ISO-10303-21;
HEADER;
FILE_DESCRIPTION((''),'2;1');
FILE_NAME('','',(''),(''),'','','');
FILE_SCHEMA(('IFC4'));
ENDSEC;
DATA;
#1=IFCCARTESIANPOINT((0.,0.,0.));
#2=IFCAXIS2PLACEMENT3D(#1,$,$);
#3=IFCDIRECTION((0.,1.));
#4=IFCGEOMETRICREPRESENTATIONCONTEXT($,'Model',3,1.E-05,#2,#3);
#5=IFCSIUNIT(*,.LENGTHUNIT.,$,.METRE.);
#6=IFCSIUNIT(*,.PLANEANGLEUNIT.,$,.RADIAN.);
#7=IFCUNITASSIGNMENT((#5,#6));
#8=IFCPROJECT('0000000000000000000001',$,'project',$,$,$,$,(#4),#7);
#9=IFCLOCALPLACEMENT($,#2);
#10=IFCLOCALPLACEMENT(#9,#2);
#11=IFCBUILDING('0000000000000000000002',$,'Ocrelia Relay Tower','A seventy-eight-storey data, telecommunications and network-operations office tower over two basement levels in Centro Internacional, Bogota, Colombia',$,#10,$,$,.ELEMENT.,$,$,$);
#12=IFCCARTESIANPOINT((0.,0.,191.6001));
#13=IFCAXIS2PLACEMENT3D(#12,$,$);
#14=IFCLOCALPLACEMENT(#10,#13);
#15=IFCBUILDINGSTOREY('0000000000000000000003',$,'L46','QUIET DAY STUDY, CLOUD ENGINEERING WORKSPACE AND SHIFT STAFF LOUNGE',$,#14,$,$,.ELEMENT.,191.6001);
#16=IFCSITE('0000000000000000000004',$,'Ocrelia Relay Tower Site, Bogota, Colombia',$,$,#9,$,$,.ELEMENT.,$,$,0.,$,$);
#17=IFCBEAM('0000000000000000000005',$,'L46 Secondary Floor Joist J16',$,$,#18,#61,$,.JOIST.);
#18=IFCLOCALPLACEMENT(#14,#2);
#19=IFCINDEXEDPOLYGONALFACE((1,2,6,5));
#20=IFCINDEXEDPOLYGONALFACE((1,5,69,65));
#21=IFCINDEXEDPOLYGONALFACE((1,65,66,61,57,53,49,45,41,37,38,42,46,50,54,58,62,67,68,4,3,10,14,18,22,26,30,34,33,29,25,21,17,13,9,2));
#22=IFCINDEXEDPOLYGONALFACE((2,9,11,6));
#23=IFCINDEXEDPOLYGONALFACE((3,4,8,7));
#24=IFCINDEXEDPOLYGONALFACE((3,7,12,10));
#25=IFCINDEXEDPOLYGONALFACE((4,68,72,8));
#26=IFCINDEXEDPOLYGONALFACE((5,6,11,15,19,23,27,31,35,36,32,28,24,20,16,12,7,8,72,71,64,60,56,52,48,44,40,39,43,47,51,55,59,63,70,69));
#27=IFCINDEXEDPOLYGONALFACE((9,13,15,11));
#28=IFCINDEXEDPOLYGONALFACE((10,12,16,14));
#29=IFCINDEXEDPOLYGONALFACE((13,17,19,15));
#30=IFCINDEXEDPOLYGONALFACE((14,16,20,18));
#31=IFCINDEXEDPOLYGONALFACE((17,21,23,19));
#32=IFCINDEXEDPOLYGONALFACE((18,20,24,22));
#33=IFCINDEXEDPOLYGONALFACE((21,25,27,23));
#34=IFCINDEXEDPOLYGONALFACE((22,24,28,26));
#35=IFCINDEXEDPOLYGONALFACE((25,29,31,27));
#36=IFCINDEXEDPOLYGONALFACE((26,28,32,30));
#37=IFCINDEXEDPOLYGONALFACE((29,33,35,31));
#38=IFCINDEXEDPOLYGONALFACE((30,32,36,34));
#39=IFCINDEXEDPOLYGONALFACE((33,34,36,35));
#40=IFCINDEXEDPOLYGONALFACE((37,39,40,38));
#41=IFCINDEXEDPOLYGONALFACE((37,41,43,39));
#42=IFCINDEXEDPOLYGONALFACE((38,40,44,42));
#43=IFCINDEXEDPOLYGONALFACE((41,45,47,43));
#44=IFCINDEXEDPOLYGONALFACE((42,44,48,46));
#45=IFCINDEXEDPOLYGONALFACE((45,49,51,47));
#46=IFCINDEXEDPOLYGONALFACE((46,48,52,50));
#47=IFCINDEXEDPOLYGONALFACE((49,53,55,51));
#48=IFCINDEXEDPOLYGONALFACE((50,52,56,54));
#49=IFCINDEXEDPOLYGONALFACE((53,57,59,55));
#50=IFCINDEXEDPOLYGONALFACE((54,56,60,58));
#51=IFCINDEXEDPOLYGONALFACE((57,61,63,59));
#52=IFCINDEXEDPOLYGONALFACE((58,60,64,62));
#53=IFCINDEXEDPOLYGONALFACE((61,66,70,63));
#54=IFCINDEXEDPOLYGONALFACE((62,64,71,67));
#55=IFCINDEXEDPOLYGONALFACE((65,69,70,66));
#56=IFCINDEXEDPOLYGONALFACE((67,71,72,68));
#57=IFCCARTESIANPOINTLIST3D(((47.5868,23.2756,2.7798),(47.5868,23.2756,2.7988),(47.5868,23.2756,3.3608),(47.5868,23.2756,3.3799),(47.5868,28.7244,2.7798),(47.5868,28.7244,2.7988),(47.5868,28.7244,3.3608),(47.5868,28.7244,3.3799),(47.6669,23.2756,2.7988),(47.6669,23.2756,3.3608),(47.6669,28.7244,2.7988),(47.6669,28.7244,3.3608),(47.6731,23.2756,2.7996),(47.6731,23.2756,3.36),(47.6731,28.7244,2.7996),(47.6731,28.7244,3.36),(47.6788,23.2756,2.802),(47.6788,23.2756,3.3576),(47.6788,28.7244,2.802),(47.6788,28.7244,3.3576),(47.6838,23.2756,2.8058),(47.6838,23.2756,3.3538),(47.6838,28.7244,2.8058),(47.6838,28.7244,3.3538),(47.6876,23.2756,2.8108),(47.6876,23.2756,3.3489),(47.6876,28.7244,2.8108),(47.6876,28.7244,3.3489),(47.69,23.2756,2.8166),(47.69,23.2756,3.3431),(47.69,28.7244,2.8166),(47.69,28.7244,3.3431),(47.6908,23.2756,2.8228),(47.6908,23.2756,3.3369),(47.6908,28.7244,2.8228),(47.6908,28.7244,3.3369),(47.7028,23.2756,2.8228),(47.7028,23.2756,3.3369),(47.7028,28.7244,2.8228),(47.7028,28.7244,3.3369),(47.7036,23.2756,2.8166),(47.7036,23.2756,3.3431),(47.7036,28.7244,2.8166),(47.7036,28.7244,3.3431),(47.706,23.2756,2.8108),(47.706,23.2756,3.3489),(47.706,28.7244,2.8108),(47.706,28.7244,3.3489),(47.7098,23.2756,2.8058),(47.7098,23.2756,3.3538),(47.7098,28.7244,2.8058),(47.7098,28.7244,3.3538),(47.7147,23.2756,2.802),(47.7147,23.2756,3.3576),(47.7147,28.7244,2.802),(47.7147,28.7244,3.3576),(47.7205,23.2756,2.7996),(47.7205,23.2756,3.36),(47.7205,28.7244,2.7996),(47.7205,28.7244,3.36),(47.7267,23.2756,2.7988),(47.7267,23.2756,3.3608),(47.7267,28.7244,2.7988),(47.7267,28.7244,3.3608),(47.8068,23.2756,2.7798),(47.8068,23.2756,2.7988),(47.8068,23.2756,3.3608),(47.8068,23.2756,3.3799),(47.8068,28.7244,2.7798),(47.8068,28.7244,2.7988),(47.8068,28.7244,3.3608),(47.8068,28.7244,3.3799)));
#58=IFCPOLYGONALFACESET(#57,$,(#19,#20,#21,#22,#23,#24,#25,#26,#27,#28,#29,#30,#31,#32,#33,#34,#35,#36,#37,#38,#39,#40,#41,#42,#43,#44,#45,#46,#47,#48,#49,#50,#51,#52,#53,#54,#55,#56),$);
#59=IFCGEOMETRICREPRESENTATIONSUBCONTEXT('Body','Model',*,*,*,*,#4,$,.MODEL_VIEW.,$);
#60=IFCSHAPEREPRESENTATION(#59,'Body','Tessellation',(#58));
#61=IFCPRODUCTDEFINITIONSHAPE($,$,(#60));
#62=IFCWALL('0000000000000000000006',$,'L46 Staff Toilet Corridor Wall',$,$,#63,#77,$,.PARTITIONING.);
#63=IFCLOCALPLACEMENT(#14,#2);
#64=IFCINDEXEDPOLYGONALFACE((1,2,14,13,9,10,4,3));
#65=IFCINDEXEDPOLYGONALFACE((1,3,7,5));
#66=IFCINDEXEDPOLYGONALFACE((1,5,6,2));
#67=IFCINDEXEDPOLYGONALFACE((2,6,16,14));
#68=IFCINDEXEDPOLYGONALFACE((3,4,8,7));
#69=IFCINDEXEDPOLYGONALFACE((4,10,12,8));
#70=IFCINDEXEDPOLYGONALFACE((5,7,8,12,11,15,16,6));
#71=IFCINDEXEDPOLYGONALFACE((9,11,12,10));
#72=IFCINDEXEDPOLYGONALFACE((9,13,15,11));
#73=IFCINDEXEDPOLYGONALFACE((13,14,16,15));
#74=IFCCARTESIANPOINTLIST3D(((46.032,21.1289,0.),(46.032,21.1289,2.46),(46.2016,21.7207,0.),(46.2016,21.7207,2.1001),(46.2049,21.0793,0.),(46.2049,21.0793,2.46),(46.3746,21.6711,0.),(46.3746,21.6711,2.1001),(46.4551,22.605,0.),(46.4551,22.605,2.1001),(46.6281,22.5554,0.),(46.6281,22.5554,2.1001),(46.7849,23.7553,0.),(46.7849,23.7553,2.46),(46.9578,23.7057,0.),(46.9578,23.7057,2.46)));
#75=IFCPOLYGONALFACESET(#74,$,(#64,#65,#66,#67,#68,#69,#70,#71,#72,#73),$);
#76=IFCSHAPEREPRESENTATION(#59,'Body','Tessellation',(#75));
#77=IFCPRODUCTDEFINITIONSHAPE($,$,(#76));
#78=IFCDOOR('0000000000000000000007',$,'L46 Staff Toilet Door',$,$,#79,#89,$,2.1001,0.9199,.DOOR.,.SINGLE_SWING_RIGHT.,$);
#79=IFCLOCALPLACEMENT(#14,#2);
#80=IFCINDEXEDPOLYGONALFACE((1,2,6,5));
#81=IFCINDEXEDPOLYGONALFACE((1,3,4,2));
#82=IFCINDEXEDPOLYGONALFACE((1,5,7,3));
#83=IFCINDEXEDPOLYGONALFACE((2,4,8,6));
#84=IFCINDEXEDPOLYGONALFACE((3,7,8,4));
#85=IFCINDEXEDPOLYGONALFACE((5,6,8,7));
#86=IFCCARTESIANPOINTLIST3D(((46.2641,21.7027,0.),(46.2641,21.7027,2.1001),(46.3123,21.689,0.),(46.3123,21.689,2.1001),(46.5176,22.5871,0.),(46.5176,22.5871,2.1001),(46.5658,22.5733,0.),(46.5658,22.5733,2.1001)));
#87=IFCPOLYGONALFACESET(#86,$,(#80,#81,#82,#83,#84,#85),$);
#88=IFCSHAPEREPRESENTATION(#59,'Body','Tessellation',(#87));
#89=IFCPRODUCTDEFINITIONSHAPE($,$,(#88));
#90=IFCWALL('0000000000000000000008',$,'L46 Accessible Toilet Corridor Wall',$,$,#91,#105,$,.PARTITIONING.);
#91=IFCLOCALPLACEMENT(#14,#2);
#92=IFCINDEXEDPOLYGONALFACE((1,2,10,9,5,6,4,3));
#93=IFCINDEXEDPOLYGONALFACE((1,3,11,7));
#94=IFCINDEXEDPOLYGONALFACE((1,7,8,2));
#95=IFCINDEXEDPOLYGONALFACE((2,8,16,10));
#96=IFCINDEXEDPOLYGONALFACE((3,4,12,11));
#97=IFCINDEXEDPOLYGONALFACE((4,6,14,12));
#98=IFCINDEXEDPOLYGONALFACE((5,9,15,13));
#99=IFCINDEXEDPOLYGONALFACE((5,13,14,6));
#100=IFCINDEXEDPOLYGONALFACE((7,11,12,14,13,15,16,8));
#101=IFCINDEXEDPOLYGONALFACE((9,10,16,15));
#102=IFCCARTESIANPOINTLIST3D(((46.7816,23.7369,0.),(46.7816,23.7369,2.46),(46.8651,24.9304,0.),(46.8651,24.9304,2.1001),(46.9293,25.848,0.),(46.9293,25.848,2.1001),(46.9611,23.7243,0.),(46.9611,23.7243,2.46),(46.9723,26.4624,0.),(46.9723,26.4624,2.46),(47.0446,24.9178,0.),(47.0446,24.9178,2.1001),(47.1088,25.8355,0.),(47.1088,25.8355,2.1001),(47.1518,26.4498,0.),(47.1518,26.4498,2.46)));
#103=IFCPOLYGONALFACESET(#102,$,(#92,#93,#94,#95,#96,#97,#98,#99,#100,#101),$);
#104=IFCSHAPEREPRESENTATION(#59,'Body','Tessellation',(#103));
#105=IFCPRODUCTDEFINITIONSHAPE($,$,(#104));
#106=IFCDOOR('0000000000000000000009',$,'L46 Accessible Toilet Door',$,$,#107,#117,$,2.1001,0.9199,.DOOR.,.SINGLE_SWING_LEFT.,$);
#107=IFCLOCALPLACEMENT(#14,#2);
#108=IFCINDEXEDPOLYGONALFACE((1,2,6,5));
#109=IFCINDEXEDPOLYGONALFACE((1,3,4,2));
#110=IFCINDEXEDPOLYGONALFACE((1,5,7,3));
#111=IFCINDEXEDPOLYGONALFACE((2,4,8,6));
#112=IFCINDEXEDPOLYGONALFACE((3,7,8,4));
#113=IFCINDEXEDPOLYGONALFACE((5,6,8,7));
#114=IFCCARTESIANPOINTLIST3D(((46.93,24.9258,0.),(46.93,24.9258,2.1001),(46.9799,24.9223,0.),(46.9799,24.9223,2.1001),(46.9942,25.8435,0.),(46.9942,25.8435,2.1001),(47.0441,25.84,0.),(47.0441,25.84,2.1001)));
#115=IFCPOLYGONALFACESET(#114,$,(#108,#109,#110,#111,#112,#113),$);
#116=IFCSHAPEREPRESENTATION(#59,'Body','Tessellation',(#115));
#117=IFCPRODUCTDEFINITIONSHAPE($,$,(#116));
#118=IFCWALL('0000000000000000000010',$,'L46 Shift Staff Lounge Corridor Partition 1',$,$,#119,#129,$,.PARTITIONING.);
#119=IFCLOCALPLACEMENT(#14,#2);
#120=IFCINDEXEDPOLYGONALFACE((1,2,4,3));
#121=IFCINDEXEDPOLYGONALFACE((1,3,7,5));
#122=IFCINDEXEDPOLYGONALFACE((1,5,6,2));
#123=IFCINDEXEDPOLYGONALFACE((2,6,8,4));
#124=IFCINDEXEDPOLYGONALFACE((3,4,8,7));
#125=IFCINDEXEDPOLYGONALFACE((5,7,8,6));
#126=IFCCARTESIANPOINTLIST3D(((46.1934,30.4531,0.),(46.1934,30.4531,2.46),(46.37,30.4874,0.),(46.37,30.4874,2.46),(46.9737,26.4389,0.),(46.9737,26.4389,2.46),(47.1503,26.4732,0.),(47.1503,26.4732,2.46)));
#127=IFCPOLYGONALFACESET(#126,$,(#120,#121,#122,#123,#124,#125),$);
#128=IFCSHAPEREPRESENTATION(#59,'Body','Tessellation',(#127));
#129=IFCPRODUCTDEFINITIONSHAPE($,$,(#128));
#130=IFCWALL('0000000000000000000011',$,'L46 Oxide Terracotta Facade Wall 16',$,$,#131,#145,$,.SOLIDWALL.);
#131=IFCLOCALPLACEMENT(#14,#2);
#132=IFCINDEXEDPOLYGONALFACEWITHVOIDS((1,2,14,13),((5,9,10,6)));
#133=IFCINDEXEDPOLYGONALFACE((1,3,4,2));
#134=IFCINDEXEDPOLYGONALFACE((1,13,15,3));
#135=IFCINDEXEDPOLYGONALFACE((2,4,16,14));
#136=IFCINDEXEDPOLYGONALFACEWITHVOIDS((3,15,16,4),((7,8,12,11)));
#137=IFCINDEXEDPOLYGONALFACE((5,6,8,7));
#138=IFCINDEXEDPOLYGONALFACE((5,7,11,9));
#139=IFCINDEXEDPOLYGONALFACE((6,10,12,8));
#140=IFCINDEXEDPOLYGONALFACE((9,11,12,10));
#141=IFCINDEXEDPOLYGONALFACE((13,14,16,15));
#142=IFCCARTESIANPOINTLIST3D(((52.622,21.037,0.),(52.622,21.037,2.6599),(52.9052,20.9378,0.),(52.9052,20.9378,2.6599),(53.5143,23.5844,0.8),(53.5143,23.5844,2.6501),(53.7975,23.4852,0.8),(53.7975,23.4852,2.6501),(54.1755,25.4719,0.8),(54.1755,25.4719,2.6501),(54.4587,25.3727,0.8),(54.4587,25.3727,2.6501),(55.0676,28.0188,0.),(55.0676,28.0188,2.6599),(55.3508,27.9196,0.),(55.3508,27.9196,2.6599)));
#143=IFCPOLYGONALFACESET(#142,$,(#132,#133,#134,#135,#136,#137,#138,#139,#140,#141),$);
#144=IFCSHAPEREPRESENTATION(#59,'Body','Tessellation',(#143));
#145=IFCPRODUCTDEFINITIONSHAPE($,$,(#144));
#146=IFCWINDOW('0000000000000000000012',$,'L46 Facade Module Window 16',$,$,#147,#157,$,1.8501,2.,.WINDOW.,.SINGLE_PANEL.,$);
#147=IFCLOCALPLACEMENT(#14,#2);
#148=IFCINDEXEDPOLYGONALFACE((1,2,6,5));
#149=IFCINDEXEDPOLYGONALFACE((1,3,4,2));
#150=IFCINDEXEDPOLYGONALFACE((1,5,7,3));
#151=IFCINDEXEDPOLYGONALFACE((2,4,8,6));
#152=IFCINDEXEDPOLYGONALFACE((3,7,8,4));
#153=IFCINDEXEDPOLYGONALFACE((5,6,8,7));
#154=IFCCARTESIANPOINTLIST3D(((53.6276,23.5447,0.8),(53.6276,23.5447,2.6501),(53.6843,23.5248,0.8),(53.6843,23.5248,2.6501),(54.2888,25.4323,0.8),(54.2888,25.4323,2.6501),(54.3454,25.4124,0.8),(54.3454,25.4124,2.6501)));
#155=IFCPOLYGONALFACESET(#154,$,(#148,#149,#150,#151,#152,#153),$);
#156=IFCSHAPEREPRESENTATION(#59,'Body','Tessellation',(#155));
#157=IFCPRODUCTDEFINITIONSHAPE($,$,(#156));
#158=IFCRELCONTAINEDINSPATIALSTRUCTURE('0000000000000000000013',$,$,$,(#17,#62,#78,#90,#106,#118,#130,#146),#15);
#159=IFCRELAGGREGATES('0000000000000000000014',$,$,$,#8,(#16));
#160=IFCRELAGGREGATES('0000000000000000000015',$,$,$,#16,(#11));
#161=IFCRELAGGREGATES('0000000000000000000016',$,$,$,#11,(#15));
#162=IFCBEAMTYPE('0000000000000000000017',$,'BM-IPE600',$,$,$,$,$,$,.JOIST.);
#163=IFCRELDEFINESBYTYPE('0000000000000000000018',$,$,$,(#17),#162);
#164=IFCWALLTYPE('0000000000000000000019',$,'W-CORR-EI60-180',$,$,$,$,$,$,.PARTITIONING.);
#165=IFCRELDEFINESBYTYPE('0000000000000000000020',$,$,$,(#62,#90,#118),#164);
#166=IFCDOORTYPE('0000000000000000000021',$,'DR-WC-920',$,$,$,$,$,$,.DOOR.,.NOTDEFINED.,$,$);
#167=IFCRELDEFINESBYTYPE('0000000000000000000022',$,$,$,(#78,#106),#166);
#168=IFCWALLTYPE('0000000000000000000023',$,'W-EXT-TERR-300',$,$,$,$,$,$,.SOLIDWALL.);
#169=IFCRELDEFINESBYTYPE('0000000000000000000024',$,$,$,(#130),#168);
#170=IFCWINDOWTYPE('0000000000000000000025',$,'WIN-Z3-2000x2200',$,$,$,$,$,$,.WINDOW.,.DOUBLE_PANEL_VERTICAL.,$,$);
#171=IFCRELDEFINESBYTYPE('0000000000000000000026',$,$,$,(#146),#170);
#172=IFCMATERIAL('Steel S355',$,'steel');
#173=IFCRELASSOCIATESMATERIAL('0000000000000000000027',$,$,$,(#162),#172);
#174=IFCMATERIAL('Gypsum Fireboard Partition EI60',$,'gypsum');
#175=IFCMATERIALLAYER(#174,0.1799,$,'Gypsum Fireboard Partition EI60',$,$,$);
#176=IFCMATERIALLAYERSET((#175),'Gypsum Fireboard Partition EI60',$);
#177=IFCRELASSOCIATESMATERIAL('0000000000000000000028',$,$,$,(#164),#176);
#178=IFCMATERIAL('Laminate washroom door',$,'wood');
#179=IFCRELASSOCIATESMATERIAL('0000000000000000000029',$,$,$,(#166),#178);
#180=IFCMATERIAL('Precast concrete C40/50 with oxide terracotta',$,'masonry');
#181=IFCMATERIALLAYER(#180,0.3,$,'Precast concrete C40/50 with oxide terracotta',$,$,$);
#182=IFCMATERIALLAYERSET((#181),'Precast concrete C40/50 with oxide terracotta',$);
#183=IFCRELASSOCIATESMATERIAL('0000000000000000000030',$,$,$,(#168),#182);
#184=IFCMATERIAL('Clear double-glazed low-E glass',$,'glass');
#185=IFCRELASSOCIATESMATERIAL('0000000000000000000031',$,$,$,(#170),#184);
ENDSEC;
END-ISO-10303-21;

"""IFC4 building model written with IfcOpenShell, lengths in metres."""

from ifc_helpers import new_model, si_unit, direction, frame, frame_2d, origin, origin_2d, place, context, subcontext, project, spatial, rectangle, i_section, extrude, material, layer, layer_set, material_profile, profile_set, type_object, element, fill, save


model = new_model("IFC4")

# Units and contexts
model_context = context("Model", 3, precision=1e-05, world=origin(), true_north=direction((0.0, 1.0)))
body_context = subcontext(model_context, "Body", "Model", "MODEL_VIEW")
ifc_project = project(units=[si_unit("LENGTHUNIT", "METRE"), si_unit("PLANEANGLEUNIT", "RADIAN")], contexts=[model_context])

# Site, building, storey
site_placement = place(None, origin())
site = spatial("IfcSite", under=ifc_project, at=site_placement, Name="Ocrelia Relay Tower Site, Bogota, Colombia", CompositionType="ELEMENT", RefElevation=0.0)
building_placement = place(site_placement, origin())
building = spatial("IfcBuilding", under=site, at=building_placement, Name="Ocrelia Relay Tower", Description="A seventy-eight-storey data, telecommunications and network-operations office tower over two basement levels in Centro Internacional, Bogota, Colombia", CompositionType="ELEMENT")
storey_placement = place(building_placement, frame((0.0, 0.0, 191.6001)))
storey = spatial("IfcBuildingStorey", under=building, at=storey_placement, Name="L46", Description="QUIET DAY STUDY, CLOUD ENGINEERING WORKSPACE AND SHIFT STAFF LOUNGE", CompositionType="ELEMENT", Elevation=191.6001)

# Beam
ifc_material_1 = material(Name="Steel S355", Category="steel")
ifc_material_profile_1 = material_profile(ifc_material_1, i_section(OverallWidth=0.22, OverallDepth=0.6001, WebThickness=0.012, FlangeThickness=0.019, FilletRadius=0.0239, at=origin_2d()), Name="IPE 600")
ifc_profile_set_1 = profile_set([ifc_material_profile_1], Name="Steel S355")
beam_type_1 = type_object("IfcBeamType", Name="BM-IPE600", PredefinedType="JOIST", material=ifc_profile_set_1)
beam_1_placement = place(storey_placement, frame((47.6968, 23.2756, 3.0798), z_axis=(0.0, 1.0, 0.0), x_axis=(-1.0, 0.0, 0.0)))
element("IfcBeam", 1, at=beam_1_placement, inside=storey, type_object=beam_type_1, Name="L46 Secondary Floor Joist J16", PredefinedType="JOIST", context=body_context, shape_type="SweptSolid", body=[
    extrude(i_section(OverallWidth=0.22, OverallDepth=0.6001, WebThickness=0.012, FlangeThickness=0.019, FilletRadius=0.0239, at=origin_2d()), origin(), (0.0, 0.0, 1.0), 5.4487),
])

# Walls, openings, doors
ifc_material_2 = material(Name="Gypsum Fireboard Partition EI60", Category="gypsum")
ifc_layer_1 = layer(ifc_material_2, 0.1799, Name="Gypsum Fireboard Partition EI60")
ifc_layer_set_1 = layer_set([ifc_layer_1], Name="Gypsum Fireboard Partition EI60")
wall_type_1 = type_object("IfcWallType", Name="W-CORR-EI60-180", PredefinedType="PARTITIONING", material=ifc_layer_set_1)
wall_1_placement = place(storey_placement, frame((46.1184, 21.104, 0.0), z_axis=(0.0, 0.0, 1.0), x_axis=(0.275571, 0.961281, 0.0)))
wall_1 = element("IfcWall", 2, at=wall_1_placement, inside=storey, type_object=wall_type_1, Name="L46 Staff Toilet Corridor Wall", PredefinedType="PARTITIONING", context=body_context, shape_type="SweptSolid", body=[
    extrude(rectangle(XDim=2.7322, YDim=0.1799, at=frame_2d((1.3662, 0.0))), origin(), (0.0, 0.0, 1.0), 2.46),
])
opening_1_placement = place(wall_1_placement, frame((0.6157, 0.0, 0.0)))
opening_1 = element("IfcOpeningElement", 3, at=opening_1_placement, cuts=wall_1, PredefinedType="OPENING", context=body_context, shape_type="SweptSolid", body=[
    extrude(rectangle(XDim=0.9199, YDim=2.1001, at=frame_2d((0.46, 1.05))), frame((0.0, 0.1001, 0.0), z_axis=(0.0, -1.0, 0.0), x_axis=(1.0, 0.0, 0.0)), (0.0, 0.0, 1.0), 0.2),
])
ifc_material_3 = material(Name="Laminate washroom door", Category="wood")
door_type = type_object("IfcDoorType", Name="DR-WC-920", OperationType="NOTDEFINED", PredefinedType="DOOR", material=ifc_material_3)
door_1_placement = place(opening_1_placement, origin())
door_1 = element("IfcDoor", 4, at=door_1_placement, inside=storey, type_object=door_type, Name="L46 Staff Toilet Door", OperationType="SINGLE_SWING_RIGHT", OverallHeight=2.1001, OverallWidth=0.9199, PredefinedType="DOOR", context=body_context, shape_type="SweptSolid", body=[
    extrude(rectangle(XDim=0.9199, YDim=2.1001, at=frame_2d((0.46, 1.05))), frame((0.0, 0.0249, 0.0), z_axis=(0.0, -1.0, 0.0), x_axis=(1.0, 0.0, 0.0)), (0.0, 0.0, 1.0), 0.05),
])
fill(opening_1, door_1)
wall_2_placement = place(storey_placement, frame((46.8713, 23.7305, 0.0), z_axis=(0.0, 0.0, 1.0), x_axis=(0.069786, 0.997562, 0.0)))
wall_2 = element("IfcWall", 5, at=wall_2_placement, inside=storey, type_object=wall_type_1, Name="L46 Accessible Toilet Corridor Wall", PredefinedType="PARTITIONING", context=body_context, shape_type="SweptSolid", body=[
    extrude(rectangle(XDim=2.7322, YDim=0.1799, at=frame_2d((1.3662, 0.0))), origin(), (0.0, 0.0, 1.0), 2.46),
])
opening_2_placement = place(wall_2_placement, frame((1.1965, 0.0, 0.0)))
opening_2 = element("IfcOpeningElement", 6, at=opening_2_placement, cuts=wall_2, PredefinedType="OPENING", context=body_context, shape_type="SweptSolid", body=[
    extrude(rectangle(XDim=0.9199, YDim=2.1001, at=frame_2d((0.46, 1.05))), frame((0.0, 0.1001, 0.0), z_axis=(0.0, -1.0, 0.0), x_axis=(1.0, 0.0, 0.0)), (0.0, 0.0, 1.0), 0.2),
])
door_2_placement = place(opening_2_placement, origin())
door_2 = element("IfcDoor", 7, at=door_2_placement, inside=storey, type_object=door_type, Name="L46 Accessible Toilet Door", OperationType="SINGLE_SWING_LEFT", OverallHeight=2.1001, OverallWidth=0.9199, PredefinedType="DOOR", context=body_context, shape_type="SweptSolid", body=[
    extrude(rectangle(XDim=0.9199, YDim=2.1001, at=frame_2d((0.46, 1.05))), frame((0.0, 0.0249, 0.0), z_axis=(0.0, -1.0, 0.0), x_axis=(1.0, 0.0, 0.0)), (0.0, 0.0, 1.0), 0.05),
])
fill(opening_2, door_2)

# Wall
wall_3_placement = place(storey_placement, frame((47.062, 26.4561, 0.0), z_axis=(0.0, 0.0, 1.0), x_axis=(-0.190809, 0.981627, 0.0)))
element("IfcWall", 8, at=wall_3_placement, inside=storey, type_object=wall_type_1, Name="L46 Shift Staff Lounge Corridor Partition 1", PredefinedType="PARTITIONING", context=body_context, shape_type="SweptSolid", body=[
    extrude(rectangle(XDim=4.0894, YDim=0.1799, at=frame_2d((2.0447, 0.0))), origin(), (0.0, 0.0, 1.0), 2.46),
])

# Wall, opening, window
ifc_material_4 = material(Name="Precast concrete C40/50 with oxide terracotta", Category="masonry")
ifc_layer_2 = layer(ifc_material_4, 0.3, Name="Precast concrete C40/50 with oxide terracotta")
ifc_layer_set_2 = layer_set([ifc_layer_2], Name="Precast concrete C40/50 with oxide terracotta")
wall_type_2 = type_object("IfcWallType", Name="W-EXT-TERR-300", PredefinedType="SOLIDWALL", material=ifc_layer_set_2)
wall_4_placement = place(storey_placement, frame((52.7637, 20.9875, 0.0), z_axis=(0.0, 0.0, 1.0), x_axis=(0.330587, 0.943775, 0.0)))
wall_4 = element("IfcWall", 9, at=wall_4_placement, inside=storey, type_object=wall_type_2, Name="L46 Oxide Terracotta Facade Wall 16", PredefinedType="SOLIDWALL", context=body_context, shape_type="SweptSolid", body=[
    extrude(rectangle(XDim=7.3977, YDim=0.3, at=frame_2d((3.6987, 0.0))), origin(), (0.0, 0.0, 1.0), 2.6599),
])
opening_3_placement = place(wall_4_placement, frame((2.699, 0.0, 0.8)))
opening_3 = element("IfcOpeningElement", 10, at=opening_3_placement, cuts=wall_4, PredefinedType="OPENING", context=body_context, shape_type="SweptSolid", body=[
    extrude(rectangle(XDim=2.0, YDim=1.8501, at=frame_2d((1.0, 0.925))), frame((0.0, 0.1602, 0.0), z_axis=(0.0, -1.0, 0.0), x_axis=(1.0, 0.0, 0.0)), (0.0, 0.0, 1.0), 0.3201),
])
ifc_material_5 = material(Name="Clear double-glazed low-E glass", Category="glass")
window_type = type_object("IfcWindowType", Name="WIN-Z3-2000x2200", PartitioningType="DOUBLE_PANEL_VERTICAL", PredefinedType="WINDOW", material=ifc_material_5)
window_1_placement = place(opening_3_placement, origin())
window_1 = element("IfcWindow", 11, at=window_1_placement, inside=storey, type_object=window_type, Name="L46 Facade Module Window 16", OverallHeight=1.8501, OverallWidth=2.0, PartitioningType="SINGLE_PANEL", PredefinedType="WINDOW", context=body_context, shape_type="SweptSolid", body=[
    extrude(rectangle(XDim=2.0, YDim=1.8501, at=frame_2d((1.0, 0.925))), frame((0.0, 0.03, 0.0), z_axis=(0.0, -1.0, 0.0), x_axis=(1.0, 0.0, 0.0)), (0.0, 0.0, 1.0), 0.0601),
])
fill(opening_3, window_1)

save(model, "model.ifc")
